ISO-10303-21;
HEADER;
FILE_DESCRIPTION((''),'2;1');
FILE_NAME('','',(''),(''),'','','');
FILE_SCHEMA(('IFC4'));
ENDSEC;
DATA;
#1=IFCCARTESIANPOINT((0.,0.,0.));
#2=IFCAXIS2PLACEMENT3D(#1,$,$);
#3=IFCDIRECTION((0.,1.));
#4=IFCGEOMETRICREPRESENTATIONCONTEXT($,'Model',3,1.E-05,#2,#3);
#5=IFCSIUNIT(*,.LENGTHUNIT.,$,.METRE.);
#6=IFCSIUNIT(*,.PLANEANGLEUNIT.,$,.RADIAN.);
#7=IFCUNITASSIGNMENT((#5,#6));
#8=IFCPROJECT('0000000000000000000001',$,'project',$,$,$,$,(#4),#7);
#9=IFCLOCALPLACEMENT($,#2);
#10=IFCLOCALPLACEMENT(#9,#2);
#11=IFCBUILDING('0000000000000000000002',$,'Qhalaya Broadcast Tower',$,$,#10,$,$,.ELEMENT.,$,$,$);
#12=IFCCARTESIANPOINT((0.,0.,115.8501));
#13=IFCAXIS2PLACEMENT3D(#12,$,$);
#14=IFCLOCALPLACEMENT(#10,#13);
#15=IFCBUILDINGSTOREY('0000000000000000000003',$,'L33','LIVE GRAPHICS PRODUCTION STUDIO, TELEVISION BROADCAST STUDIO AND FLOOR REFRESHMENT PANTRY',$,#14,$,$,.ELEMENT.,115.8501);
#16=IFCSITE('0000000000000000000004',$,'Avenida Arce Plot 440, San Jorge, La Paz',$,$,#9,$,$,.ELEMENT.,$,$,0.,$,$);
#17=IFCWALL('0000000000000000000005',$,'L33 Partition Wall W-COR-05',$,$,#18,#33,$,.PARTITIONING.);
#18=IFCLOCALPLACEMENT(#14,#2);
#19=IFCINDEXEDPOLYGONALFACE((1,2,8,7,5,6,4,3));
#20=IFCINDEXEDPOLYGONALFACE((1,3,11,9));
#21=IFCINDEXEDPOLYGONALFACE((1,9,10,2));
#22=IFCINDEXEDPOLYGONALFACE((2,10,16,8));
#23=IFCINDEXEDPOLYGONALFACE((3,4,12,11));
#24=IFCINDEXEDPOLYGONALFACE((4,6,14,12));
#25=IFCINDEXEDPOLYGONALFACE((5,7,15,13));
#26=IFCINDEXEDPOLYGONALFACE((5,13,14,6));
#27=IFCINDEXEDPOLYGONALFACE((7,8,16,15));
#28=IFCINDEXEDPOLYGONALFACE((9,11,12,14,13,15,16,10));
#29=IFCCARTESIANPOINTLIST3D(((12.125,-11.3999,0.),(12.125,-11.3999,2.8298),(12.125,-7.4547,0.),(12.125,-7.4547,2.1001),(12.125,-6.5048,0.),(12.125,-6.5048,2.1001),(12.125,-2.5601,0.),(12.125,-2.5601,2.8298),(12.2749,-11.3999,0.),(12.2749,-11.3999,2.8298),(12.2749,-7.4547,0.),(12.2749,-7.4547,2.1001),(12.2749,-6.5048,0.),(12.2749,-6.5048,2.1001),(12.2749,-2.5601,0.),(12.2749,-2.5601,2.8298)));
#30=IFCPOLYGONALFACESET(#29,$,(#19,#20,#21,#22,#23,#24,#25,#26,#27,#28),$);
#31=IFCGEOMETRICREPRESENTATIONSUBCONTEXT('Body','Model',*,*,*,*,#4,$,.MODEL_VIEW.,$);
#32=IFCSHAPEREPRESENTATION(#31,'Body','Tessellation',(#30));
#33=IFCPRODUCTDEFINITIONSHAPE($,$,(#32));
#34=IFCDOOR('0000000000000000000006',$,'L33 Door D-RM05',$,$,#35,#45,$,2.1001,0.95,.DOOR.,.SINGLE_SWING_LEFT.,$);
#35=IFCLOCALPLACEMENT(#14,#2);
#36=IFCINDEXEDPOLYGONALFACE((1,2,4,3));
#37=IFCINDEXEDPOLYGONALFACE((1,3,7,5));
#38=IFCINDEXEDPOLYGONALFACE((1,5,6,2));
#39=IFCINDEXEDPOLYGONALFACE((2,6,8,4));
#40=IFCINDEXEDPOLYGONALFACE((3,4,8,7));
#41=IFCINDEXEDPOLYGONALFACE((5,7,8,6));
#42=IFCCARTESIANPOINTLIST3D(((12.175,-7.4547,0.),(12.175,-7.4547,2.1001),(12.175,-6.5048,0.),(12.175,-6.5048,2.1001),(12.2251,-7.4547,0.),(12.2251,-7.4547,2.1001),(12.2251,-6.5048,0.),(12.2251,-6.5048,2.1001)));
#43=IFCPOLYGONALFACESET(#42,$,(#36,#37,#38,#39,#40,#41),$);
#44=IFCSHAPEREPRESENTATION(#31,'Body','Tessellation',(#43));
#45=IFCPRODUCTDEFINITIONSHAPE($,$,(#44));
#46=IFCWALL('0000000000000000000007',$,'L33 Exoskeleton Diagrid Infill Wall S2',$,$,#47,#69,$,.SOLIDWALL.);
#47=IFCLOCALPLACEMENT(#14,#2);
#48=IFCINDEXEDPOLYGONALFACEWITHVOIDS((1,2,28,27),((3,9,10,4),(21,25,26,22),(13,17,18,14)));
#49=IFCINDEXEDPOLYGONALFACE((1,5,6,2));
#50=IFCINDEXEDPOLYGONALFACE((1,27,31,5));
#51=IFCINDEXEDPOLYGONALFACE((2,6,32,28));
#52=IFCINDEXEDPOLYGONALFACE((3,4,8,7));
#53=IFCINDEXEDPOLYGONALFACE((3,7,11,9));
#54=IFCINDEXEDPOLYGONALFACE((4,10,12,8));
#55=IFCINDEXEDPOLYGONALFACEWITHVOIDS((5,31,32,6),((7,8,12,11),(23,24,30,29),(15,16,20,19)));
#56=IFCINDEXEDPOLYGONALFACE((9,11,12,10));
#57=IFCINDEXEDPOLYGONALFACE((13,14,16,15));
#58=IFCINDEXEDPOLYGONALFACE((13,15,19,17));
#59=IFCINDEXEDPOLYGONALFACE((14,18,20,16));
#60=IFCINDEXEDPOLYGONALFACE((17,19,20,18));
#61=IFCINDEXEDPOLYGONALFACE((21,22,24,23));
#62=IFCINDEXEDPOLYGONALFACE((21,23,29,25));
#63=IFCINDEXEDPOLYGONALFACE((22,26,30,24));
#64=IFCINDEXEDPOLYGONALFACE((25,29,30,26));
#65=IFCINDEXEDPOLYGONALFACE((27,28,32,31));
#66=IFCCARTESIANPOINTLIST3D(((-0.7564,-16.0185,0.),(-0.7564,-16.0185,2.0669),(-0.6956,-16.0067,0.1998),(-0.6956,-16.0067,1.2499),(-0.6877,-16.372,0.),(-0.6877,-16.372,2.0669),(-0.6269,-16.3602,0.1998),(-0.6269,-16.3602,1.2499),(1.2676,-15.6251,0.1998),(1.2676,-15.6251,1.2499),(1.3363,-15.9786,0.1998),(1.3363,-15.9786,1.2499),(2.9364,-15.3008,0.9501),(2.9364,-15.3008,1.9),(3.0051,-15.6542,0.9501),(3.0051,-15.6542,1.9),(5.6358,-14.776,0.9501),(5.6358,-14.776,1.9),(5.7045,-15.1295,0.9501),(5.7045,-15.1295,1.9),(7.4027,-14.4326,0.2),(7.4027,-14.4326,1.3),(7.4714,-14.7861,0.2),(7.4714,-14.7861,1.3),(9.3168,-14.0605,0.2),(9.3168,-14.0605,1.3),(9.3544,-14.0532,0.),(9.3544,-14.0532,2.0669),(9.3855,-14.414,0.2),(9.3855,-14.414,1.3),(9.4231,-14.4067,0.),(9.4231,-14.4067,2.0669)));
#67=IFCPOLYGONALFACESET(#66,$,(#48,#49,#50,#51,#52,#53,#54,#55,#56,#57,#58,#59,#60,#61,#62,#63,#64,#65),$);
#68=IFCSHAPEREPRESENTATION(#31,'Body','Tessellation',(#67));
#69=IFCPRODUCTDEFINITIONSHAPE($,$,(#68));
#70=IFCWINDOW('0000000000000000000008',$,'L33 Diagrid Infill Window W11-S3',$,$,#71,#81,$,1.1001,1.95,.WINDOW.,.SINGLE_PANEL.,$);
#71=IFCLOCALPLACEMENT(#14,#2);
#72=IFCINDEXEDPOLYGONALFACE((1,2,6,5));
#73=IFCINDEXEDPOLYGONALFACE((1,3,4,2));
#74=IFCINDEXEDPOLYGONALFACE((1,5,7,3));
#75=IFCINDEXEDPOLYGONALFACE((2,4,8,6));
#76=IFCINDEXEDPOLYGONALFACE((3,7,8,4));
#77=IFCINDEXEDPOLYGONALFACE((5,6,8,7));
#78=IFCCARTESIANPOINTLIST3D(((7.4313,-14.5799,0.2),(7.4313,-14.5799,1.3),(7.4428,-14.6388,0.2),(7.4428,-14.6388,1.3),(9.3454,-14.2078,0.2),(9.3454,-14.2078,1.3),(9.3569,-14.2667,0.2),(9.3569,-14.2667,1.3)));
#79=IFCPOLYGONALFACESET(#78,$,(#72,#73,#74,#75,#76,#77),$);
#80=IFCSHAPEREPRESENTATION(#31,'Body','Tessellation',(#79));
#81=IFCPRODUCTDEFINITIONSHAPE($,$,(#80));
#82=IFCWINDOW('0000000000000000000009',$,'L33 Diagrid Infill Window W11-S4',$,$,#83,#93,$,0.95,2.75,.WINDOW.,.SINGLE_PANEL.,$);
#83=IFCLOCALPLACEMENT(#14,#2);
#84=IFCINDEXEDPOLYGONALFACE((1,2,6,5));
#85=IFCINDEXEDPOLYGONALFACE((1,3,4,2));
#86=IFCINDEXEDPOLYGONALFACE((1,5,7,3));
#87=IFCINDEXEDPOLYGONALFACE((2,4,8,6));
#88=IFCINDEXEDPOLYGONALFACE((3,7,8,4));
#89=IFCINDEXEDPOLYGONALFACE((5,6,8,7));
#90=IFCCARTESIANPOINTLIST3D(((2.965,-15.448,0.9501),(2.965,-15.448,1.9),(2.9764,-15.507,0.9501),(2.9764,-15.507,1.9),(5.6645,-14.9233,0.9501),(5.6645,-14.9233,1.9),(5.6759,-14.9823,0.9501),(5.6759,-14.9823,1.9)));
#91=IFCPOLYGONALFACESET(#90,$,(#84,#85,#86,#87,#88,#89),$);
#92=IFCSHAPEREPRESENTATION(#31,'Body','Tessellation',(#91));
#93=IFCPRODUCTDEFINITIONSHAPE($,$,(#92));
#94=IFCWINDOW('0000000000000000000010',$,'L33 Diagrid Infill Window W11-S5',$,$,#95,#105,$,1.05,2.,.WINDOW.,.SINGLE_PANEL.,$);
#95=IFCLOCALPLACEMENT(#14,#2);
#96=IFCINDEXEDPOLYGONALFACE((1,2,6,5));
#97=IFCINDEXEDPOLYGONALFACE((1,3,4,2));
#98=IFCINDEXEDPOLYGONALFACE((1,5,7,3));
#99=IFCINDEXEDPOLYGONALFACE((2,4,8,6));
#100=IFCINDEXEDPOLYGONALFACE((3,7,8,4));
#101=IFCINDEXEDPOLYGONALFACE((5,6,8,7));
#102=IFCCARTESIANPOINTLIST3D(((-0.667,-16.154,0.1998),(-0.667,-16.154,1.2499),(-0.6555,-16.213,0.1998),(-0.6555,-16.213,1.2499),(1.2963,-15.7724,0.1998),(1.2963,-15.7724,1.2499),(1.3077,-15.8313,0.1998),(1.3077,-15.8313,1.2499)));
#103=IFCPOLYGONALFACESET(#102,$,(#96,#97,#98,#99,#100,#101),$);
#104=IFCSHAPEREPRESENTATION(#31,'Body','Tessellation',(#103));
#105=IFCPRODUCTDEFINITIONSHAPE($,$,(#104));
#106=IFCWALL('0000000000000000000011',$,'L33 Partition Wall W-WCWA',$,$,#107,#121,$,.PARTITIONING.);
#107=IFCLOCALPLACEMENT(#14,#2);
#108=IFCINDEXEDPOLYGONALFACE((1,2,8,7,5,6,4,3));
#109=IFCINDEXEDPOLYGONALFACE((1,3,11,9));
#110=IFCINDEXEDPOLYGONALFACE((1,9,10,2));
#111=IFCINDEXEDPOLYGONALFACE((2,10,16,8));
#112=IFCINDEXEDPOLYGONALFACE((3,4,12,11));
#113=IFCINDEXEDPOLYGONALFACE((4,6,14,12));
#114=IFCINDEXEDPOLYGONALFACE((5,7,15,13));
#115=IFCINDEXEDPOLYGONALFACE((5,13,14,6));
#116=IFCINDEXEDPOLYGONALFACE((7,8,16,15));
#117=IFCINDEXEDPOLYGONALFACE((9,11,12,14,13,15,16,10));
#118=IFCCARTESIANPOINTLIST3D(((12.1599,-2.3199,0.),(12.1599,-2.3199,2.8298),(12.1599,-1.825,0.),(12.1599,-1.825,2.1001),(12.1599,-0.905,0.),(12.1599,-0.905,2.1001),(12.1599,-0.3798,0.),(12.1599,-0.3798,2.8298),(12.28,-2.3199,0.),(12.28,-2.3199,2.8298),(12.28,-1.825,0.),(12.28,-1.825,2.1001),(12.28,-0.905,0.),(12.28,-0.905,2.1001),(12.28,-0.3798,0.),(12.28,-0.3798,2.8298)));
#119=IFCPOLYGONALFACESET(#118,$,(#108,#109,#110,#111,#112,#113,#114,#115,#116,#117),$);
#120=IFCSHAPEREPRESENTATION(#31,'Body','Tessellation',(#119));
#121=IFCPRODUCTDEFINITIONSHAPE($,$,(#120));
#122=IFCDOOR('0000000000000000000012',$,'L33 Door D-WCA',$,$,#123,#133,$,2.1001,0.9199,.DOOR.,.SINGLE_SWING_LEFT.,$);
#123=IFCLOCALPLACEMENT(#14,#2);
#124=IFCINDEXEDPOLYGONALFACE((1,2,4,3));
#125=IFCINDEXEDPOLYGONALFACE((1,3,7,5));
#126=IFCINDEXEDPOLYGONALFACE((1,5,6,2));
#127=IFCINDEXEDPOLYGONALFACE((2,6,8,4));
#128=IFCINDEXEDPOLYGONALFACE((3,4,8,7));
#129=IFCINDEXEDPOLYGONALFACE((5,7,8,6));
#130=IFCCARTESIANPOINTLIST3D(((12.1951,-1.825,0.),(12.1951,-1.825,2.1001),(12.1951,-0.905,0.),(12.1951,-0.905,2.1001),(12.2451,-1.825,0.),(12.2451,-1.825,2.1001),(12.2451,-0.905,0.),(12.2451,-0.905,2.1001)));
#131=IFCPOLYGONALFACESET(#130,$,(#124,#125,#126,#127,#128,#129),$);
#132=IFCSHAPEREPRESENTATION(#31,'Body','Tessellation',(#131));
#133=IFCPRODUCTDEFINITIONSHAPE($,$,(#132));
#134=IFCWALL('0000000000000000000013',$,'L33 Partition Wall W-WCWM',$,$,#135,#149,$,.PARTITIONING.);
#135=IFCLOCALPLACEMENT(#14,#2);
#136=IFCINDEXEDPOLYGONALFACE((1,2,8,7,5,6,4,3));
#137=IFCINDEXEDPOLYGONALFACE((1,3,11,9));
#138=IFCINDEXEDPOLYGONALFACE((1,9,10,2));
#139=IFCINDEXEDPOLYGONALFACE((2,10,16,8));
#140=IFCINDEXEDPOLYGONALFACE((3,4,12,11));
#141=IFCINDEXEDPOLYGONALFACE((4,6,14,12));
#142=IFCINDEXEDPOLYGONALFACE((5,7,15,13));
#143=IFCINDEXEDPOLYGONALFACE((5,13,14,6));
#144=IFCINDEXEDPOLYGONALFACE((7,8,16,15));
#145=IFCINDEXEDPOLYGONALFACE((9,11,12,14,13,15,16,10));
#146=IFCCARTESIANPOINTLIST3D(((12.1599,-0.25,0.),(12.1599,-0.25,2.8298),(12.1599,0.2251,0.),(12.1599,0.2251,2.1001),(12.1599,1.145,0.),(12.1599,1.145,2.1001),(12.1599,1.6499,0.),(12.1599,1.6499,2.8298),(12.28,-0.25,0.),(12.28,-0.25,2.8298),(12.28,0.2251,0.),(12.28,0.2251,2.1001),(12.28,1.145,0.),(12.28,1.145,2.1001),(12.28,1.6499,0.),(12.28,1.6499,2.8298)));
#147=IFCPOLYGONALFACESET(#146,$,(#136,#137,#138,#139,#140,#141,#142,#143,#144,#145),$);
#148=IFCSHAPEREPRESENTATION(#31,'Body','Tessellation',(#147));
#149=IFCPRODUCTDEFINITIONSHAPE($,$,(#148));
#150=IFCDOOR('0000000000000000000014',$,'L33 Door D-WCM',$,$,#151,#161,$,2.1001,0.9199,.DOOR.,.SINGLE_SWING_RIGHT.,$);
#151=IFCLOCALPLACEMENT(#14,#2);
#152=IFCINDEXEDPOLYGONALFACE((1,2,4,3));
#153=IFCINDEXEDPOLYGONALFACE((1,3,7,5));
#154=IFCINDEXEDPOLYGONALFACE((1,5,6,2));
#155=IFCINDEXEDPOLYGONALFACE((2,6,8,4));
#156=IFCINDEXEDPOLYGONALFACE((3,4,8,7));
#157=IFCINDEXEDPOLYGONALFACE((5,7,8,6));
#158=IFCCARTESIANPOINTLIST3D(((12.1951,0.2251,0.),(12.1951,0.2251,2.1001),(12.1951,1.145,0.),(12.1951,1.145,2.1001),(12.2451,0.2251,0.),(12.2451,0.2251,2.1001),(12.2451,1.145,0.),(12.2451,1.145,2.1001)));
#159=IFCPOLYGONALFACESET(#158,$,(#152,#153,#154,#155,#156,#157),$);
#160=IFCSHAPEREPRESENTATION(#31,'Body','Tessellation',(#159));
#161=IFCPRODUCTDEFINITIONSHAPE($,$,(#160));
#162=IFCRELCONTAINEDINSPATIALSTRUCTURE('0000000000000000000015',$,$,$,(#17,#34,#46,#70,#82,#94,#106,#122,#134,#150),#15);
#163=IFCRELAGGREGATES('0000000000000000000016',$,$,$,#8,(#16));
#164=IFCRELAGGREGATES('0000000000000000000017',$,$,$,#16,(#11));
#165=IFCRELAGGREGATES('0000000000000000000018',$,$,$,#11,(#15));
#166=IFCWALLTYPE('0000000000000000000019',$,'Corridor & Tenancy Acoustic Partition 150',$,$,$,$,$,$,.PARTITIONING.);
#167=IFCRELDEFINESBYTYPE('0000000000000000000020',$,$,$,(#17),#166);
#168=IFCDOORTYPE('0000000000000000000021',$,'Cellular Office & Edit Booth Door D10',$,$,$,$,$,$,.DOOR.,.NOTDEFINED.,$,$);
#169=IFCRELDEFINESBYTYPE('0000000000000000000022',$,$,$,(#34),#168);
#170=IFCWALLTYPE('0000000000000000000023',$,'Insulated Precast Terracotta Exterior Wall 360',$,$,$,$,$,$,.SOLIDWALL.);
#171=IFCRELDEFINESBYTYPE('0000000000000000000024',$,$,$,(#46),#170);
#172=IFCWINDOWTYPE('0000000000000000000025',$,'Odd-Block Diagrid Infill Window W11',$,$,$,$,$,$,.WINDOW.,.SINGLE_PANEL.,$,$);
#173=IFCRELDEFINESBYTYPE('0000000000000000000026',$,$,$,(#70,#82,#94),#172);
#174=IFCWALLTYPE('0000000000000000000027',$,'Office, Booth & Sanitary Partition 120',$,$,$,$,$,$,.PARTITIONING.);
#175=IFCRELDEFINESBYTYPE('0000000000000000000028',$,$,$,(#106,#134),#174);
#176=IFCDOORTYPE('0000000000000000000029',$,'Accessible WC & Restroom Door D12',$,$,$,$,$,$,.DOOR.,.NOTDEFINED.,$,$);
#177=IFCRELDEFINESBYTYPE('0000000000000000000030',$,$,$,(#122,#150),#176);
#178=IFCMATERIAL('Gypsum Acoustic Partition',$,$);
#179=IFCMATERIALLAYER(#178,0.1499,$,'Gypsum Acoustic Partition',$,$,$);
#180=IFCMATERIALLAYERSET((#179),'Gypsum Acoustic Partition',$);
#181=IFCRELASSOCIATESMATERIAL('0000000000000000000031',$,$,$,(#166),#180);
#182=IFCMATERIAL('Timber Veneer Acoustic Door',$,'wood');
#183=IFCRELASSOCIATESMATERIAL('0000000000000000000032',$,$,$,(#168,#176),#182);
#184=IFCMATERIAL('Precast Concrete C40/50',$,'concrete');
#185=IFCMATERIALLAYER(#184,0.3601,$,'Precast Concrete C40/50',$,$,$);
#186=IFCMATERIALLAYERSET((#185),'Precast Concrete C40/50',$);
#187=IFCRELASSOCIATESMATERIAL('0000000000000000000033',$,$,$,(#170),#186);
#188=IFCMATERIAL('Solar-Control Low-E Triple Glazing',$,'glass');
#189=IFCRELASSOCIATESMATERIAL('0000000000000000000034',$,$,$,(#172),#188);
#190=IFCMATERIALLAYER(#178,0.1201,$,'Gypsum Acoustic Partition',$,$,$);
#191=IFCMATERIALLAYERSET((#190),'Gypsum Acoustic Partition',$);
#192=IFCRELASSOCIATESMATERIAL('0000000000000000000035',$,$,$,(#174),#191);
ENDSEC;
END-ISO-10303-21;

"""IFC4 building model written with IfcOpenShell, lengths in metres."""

from ifc_helpers import new_model, si_unit, direction, frame, frame_2d, origin, place, context, subcontext, project, spatial, rectangle, extrude, material, layer, layer_set, type_object, element, fill, save


model = new_model("IFC4")

# Units and contexts
model_context = context("Model", 3, precision=1e-05, world=origin(), true_north=direction((0.0, 1.0)))
body_context = subcontext(model_context, "Body", "Model", "MODEL_VIEW")
ifc_project = project(units=[si_unit("LENGTHUNIT", "METRE"), si_unit("PLANEANGLEUNIT", "RADIAN")], contexts=[model_context])

# Site, building, storey
site_placement = place(None, origin())
site = spatial("IfcSite", under=ifc_project, at=site_placement, Name="Avenida Arce Plot 440, San Jorge, La Paz", CompositionType="ELEMENT", RefElevation=0.0)
building_placement = place(site_placement, origin())
building = spatial("IfcBuilding", under=site, at=building_placement, Name="Qhalaya Broadcast Tower", CompositionType="ELEMENT")
storey_placement = place(building_placement, frame((0.0, 0.0, 115.8501)))
storey = spatial("IfcBuildingStorey", under=building, at=storey_placement, Name="L33", Description="LIVE GRAPHICS PRODUCTION STUDIO, TELEVISION BROADCAST STUDIO AND FLOOR REFRESHMENT PANTRY", CompositionType="ELEMENT", Elevation=115.8501)

# Wall, opening, door
ifc_material_1 = material(Name="Gypsum Acoustic Partition")
ifc_layer_1 = layer(ifc_material_1, 0.1499, Name="Gypsum Acoustic Partition")
ifc_layer_set_1 = layer_set([ifc_layer_1], Name="Gypsum Acoustic Partition")
wall_type_1 = type_object("IfcWallType", Name="Corridor & Tenancy Acoustic Partition 150", PredefinedType="PARTITIONING", material=ifc_layer_set_1)
ifc_material_2 = material(Name="Timber Veneer Acoustic Door", Category="wood")
door_type_1 = type_object("IfcDoorType", Name="Cellular Office & Edit Booth Door D10", OperationType="NOTDEFINED", PredefinedType="DOOR", material=ifc_material_2)
wall_1_placement = place(storey_placement, frame((12.2, -11.3999, 0.0), z_axis=(0.0, 0.0, 1.0), x_axis=(0.0, 1.0, 0.0)))
wall_1 = element("IfcWall", 1, at=wall_1_placement, inside=storey, type_object=wall_type_1, Name="L33 Partition Wall W-COR-05", PredefinedType="PARTITIONING", context=body_context, shape_type="SweptSolid", body=[
    extrude(rectangle(XDim=8.8398, YDim=0.1499, at=frame_2d((4.4199, 0.0))), origin(), (0.0, 0.0, 1.0), 2.8298),
])
opening_1_placement = place(wall_1_placement, frame((3.9451, 0.0, 0.0)))
opening_1 = element("IfcOpeningElement", 2, at=opening_1_placement, cuts=wall_1, PredefinedType="OPENING", context=body_context, shape_type="SweptSolid", body=[
    extrude(rectangle(XDim=0.95, YDim=2.1001, at=frame_2d((0.4751, 1.05))), frame((0.0, 0.0869, 0.0), z_axis=(0.0, -1.0, 0.0), x_axis=(1.0, 0.0, 0.0)), (0.0, 0.0, 1.0), 0.1738),
])
door_1_placement = place(opening_1_placement, origin())
door_1 = element("IfcDoor", 3, at=door_1_placement, inside=storey, type_object=door_type_1, Name="L33 Door D-RM05", OperationType="SINGLE_SWING_LEFT", OverallHeight=2.1001, OverallWidth=0.95, PredefinedType="DOOR", context=body_context, shape_type="SweptSolid", body=[
    extrude(rectangle(XDim=0.95, YDim=2.1001, at=frame_2d((0.4751, 1.05))), frame((0.0, 0.0249, 0.0), z_axis=(0.0, -1.0, 0.0), x_axis=(1.0, 0.0, 0.0)), (0.0, 0.0, 1.0), 0.05),
])
fill(opening_1, door_1)

# Wall, openings, windows
ifc_material_3 = material(Name="Precast Concrete C40/50", Category="concrete")
ifc_layer_2 = layer(ifc_material_3, 0.3601, Name="Precast Concrete C40/50")
ifc_layer_set_2 = layer_set([ifc_layer_2], Name="Precast Concrete C40/50")
wall_type_2 = type_object("IfcWallType", Name="Insulated Precast Terracotta Exterior Wall 360", PredefinedType="SOLIDWALL", material=ifc_layer_set_2)
wall_2_placement = place(storey_placement, frame((9.3887, -14.23, 0.0), z_axis=(0.0, 0.0, 1.0), x_axis=(-0.981627, -0.190807, 0.0)))
wall_2 = element("IfcWall", 4, at=wall_2_placement, inside=storey, type_object=wall_type_2, Name="L33 Exoskeleton Diagrid Infill Wall S2", PredefinedType="SOLIDWALL", context=body_context, shape_type="SweptSolid", body=[
    extrude(rectangle(XDim=10.3, YDim=0.3601, at=frame_2d((5.1499, 0.0))), origin(), (0.0, 0.0, 1.0), 2.0669),
])
opening_2_placement = place(wall_2_placement, frame((0.0381, 0.0, 0.2)))
opening_2 = element("IfcOpeningElement", 5, at=opening_2_placement, cuts=wall_2, PredefinedType="OPENING", context=body_context, shape_type="SweptSolid", body=[
    extrude(rectangle(XDim=1.95, YDim=1.1001, at=frame_2d((0.9751, 0.55))), frame((0.0, 0.1921, 0.0), z_axis=(0.0, -1.0, 0.0), x_axis=(1.0, 0.0, 0.0)), (0.0, 0.0, 1.0), 0.384),
])
opening_3_placement = place(wall_2_placement, frame((3.7881, 0.0, 0.95)))
opening_3 = element("IfcOpeningElement", 6, at=opening_3_placement, cuts=wall_2, PredefinedType="OPENING", context=body_context, shape_type="SweptSolid", body=[
    extrude(rectangle(XDim=2.75, YDim=0.95, at=frame_2d((1.375, 0.4751))), frame((0.0, 0.1921, 0.0), z_axis=(0.0, -1.0, 0.0), x_axis=(1.0, 0.0, 0.0)), (0.0, 0.0, 1.0), 0.384),
])
opening_4_placement = place(wall_2_placement, frame((8.238, 0.0, 0.2)))
opening_4 = element("IfcOpeningElement", 7, at=opening_4_placement, cuts=wall_2, PredefinedType="OPENING", context=body_context, shape_type="SweptSolid", body=[
    extrude(rectangle(XDim=2.0, YDim=1.05, at=frame_2d((1.0, 0.5249))), frame((0.0, 0.1921, 0.0), z_axis=(0.0, -1.0, 0.0), x_axis=(1.0, 0.0, 0.0)), (0.0, 0.0, 1.0), 0.384),
])
ifc_material_4 = material(Name="Solar-Control Low-E Triple Glazing", Category="glass")
window_type = type_object("IfcWindowType", Name="Odd-Block Diagrid Infill Window W11", PartitioningType="SINGLE_PANEL", PredefinedType="WINDOW", material=ifc_material_4)
window_1_placement = place(opening_2_placement, origin())
window_1 = element("IfcWindow", 8, at=window_1_placement, inside=storey, type_object=window_type, Name="L33 Diagrid Infill Window W11-S3", OverallHeight=1.1001, OverallWidth=1.95, PartitioningType="SINGLE_PANEL", PredefinedType="WINDOW", context=body_context, shape_type="SweptSolid", body=[
    extrude(rectangle(XDim=1.95, YDim=1.1001, at=frame_2d((0.9751, 0.55))), frame((0.0, 0.03, 0.0), z_axis=(0.0, -1.0, 0.0), x_axis=(1.0, 0.0, 0.0)), (0.0, 0.0, 1.0), 0.0601),
])
fill(opening_2, window_1)
window_2_placement = place(opening_3_placement, origin())
window_2 = element("IfcWindow", 9, at=window_2_placement, inside=storey, type_object=window_type, Name="L33 Diagrid Infill Window W11-S4", OverallHeight=0.95, OverallWidth=2.75, PartitioningType="SINGLE_PANEL", PredefinedType="WINDOW", context=body_context, shape_type="SweptSolid", body=[
    extrude(rectangle(XDim=2.75, YDim=0.95, at=frame_2d((1.375, 0.4751))), frame((0.0, 0.03, 0.0), z_axis=(0.0, -1.0, 0.0), x_axis=(1.0, 0.0, 0.0)), (0.0, 0.0, 1.0), 0.0601),
])
fill(opening_3, window_2)
window_3_placement = place(opening_4_placement, origin())
window_3 = element("IfcWindow", 10, at=window_3_placement, inside=storey, type_object=window_type, Name="L33 Diagrid Infill Window W11-S5", OverallHeight=1.05, OverallWidth=2.0, PartitioningType="SINGLE_PANEL", PredefinedType="WINDOW", context=body_context, shape_type="SweptSolid", body=[
    extrude(rectangle(XDim=2.0, YDim=1.05, at=frame_2d((1.0, 0.5249))), frame((0.0, 0.03, 0.0), z_axis=(0.0, -1.0, 0.0), x_axis=(1.0, 0.0, 0.0)), (0.0, 0.0, 1.0), 0.0601),
])
fill(opening_4, window_3)

# Walls, openings, doors
ifc_layer_3 = layer(ifc_material_1, 0.1201, Name="Gypsum Acoustic Partition")
ifc_layer_set_3 = layer_set([ifc_layer_3], Name="Gypsum Acoustic Partition")
wall_type_3 = type_object("IfcWallType", Name="Office, Booth & Sanitary Partition 120", PredefinedType="PARTITIONING", material=ifc_layer_set_3)
wall_3_placement = place(storey_placement, frame((12.22, -2.3201, 0.0), z_axis=(0.0, 0.0, 1.0), x_axis=(0.0, 1.0, 0.0)))
wall_3 = element("IfcWall", 11, at=wall_3_placement, inside=storey, type_object=wall_type_3, Name="L33 Partition Wall W-WCWA", PredefinedType="PARTITIONING", context=body_context, shape_type="SweptSolid", body=[
    extrude(rectangle(XDim=1.9402, YDim=0.1201, at=frame_2d((0.9702, 0.0))), origin(), (0.0, 0.0, 1.0), 2.8298),
])
opening_5_placement = place(wall_3_placement, frame((0.4951, 0.0, 0.0)))
opening_5 = element("IfcOpeningElement", 12, at=opening_5_placement, cuts=wall_3, PredefinedType="OPENING", context=body_context, shape_type="SweptSolid", body=[
    extrude(rectangle(XDim=0.9199, YDim=2.1001, at=frame_2d((0.46, 1.05))), frame((0.0, 0.072, 0.0), z_axis=(0.0, -1.0, 0.0), x_axis=(1.0, 0.0, 0.0)), (0.0, 0.0, 1.0), 0.144),
])
door_type_2 = type_object("IfcDoorType", Name="Accessible WC & Restroom Door D12", OperationType="NOTDEFINED", PredefinedType="DOOR", material=ifc_material_2)
door_2_placement = place(opening_5_placement, origin())
door_2 = element("IfcDoor", 13, at=door_2_placement, inside=storey, type_object=door_type_2, Name="L33 Door D-WCA", OperationType="SINGLE_SWING_LEFT", OverallHeight=2.1001, OverallWidth=0.9199, PredefinedType="DOOR", context=body_context, shape_type="SweptSolid", body=[
    extrude(rectangle(XDim=0.9199, YDim=2.1001, at=frame_2d((0.46, 1.05))), frame((0.0, 0.0249, 0.0), z_axis=(0.0, -1.0, 0.0), x_axis=(1.0, 0.0, 0.0)), (0.0, 0.0, 1.0), 0.05),
])
fill(opening_5, door_2)
wall_4_placement = place(storey_placement, frame((12.22, -0.25, 0.0), z_axis=(0.0, 0.0, 1.0), x_axis=(0.0, 1.0, 0.0)))
wall_4 = element("IfcWall", 14, at=wall_4_placement, inside=storey, type_object=wall_type_3, Name="L33 Partition Wall W-WCWM", PredefinedType="PARTITIONING", context=body_context, shape_type="SweptSolid", body=[
    extrude(rectangle(XDim=1.8999, YDim=0.1201, at=frame_2d((0.95, 0.0))), origin(), (0.0, 0.0, 1.0), 2.8298),
])
opening_6_placement = place(wall_4_placement, frame((0.4751, 0.0, 0.0)))
opening_6 = element("IfcOpeningElement", 15, at=opening_6_placement, cuts=wall_4, PredefinedType="OPENING", context=body_context, shape_type="SweptSolid", body=[
    extrude(rectangle(XDim=0.9199, YDim=2.1001, at=frame_2d((0.46, 1.05))), frame((0.0, 0.072, 0.0), z_axis=(0.0, -1.0, 0.0), x_axis=(1.0, 0.0, 0.0)), (0.0, 0.0, 1.0), 0.144),
])
door_3_placement = place(opening_6_placement, origin())
door_3 = element("IfcDoor", 16, at=door_3_placement, inside=storey, type_object=door_type_2, Name="L33 Door D-WCM", OperationType="SINGLE_SWING_RIGHT", OverallHeight=2.1001, OverallWidth=0.9199, PredefinedType="DOOR", context=body_context, shape_type="SweptSolid", body=[
    extrude(rectangle(XDim=0.9199, YDim=2.1001, at=frame_2d((0.46, 1.05))), frame((0.0, 0.0249, 0.0), z_axis=(0.0, -1.0, 0.0), x_axis=(1.0, 0.0, 0.0)), (0.0, 0.0, 1.0), 0.05),
])
fill(opening_6, door_3)

save(model, "model.ifc")
